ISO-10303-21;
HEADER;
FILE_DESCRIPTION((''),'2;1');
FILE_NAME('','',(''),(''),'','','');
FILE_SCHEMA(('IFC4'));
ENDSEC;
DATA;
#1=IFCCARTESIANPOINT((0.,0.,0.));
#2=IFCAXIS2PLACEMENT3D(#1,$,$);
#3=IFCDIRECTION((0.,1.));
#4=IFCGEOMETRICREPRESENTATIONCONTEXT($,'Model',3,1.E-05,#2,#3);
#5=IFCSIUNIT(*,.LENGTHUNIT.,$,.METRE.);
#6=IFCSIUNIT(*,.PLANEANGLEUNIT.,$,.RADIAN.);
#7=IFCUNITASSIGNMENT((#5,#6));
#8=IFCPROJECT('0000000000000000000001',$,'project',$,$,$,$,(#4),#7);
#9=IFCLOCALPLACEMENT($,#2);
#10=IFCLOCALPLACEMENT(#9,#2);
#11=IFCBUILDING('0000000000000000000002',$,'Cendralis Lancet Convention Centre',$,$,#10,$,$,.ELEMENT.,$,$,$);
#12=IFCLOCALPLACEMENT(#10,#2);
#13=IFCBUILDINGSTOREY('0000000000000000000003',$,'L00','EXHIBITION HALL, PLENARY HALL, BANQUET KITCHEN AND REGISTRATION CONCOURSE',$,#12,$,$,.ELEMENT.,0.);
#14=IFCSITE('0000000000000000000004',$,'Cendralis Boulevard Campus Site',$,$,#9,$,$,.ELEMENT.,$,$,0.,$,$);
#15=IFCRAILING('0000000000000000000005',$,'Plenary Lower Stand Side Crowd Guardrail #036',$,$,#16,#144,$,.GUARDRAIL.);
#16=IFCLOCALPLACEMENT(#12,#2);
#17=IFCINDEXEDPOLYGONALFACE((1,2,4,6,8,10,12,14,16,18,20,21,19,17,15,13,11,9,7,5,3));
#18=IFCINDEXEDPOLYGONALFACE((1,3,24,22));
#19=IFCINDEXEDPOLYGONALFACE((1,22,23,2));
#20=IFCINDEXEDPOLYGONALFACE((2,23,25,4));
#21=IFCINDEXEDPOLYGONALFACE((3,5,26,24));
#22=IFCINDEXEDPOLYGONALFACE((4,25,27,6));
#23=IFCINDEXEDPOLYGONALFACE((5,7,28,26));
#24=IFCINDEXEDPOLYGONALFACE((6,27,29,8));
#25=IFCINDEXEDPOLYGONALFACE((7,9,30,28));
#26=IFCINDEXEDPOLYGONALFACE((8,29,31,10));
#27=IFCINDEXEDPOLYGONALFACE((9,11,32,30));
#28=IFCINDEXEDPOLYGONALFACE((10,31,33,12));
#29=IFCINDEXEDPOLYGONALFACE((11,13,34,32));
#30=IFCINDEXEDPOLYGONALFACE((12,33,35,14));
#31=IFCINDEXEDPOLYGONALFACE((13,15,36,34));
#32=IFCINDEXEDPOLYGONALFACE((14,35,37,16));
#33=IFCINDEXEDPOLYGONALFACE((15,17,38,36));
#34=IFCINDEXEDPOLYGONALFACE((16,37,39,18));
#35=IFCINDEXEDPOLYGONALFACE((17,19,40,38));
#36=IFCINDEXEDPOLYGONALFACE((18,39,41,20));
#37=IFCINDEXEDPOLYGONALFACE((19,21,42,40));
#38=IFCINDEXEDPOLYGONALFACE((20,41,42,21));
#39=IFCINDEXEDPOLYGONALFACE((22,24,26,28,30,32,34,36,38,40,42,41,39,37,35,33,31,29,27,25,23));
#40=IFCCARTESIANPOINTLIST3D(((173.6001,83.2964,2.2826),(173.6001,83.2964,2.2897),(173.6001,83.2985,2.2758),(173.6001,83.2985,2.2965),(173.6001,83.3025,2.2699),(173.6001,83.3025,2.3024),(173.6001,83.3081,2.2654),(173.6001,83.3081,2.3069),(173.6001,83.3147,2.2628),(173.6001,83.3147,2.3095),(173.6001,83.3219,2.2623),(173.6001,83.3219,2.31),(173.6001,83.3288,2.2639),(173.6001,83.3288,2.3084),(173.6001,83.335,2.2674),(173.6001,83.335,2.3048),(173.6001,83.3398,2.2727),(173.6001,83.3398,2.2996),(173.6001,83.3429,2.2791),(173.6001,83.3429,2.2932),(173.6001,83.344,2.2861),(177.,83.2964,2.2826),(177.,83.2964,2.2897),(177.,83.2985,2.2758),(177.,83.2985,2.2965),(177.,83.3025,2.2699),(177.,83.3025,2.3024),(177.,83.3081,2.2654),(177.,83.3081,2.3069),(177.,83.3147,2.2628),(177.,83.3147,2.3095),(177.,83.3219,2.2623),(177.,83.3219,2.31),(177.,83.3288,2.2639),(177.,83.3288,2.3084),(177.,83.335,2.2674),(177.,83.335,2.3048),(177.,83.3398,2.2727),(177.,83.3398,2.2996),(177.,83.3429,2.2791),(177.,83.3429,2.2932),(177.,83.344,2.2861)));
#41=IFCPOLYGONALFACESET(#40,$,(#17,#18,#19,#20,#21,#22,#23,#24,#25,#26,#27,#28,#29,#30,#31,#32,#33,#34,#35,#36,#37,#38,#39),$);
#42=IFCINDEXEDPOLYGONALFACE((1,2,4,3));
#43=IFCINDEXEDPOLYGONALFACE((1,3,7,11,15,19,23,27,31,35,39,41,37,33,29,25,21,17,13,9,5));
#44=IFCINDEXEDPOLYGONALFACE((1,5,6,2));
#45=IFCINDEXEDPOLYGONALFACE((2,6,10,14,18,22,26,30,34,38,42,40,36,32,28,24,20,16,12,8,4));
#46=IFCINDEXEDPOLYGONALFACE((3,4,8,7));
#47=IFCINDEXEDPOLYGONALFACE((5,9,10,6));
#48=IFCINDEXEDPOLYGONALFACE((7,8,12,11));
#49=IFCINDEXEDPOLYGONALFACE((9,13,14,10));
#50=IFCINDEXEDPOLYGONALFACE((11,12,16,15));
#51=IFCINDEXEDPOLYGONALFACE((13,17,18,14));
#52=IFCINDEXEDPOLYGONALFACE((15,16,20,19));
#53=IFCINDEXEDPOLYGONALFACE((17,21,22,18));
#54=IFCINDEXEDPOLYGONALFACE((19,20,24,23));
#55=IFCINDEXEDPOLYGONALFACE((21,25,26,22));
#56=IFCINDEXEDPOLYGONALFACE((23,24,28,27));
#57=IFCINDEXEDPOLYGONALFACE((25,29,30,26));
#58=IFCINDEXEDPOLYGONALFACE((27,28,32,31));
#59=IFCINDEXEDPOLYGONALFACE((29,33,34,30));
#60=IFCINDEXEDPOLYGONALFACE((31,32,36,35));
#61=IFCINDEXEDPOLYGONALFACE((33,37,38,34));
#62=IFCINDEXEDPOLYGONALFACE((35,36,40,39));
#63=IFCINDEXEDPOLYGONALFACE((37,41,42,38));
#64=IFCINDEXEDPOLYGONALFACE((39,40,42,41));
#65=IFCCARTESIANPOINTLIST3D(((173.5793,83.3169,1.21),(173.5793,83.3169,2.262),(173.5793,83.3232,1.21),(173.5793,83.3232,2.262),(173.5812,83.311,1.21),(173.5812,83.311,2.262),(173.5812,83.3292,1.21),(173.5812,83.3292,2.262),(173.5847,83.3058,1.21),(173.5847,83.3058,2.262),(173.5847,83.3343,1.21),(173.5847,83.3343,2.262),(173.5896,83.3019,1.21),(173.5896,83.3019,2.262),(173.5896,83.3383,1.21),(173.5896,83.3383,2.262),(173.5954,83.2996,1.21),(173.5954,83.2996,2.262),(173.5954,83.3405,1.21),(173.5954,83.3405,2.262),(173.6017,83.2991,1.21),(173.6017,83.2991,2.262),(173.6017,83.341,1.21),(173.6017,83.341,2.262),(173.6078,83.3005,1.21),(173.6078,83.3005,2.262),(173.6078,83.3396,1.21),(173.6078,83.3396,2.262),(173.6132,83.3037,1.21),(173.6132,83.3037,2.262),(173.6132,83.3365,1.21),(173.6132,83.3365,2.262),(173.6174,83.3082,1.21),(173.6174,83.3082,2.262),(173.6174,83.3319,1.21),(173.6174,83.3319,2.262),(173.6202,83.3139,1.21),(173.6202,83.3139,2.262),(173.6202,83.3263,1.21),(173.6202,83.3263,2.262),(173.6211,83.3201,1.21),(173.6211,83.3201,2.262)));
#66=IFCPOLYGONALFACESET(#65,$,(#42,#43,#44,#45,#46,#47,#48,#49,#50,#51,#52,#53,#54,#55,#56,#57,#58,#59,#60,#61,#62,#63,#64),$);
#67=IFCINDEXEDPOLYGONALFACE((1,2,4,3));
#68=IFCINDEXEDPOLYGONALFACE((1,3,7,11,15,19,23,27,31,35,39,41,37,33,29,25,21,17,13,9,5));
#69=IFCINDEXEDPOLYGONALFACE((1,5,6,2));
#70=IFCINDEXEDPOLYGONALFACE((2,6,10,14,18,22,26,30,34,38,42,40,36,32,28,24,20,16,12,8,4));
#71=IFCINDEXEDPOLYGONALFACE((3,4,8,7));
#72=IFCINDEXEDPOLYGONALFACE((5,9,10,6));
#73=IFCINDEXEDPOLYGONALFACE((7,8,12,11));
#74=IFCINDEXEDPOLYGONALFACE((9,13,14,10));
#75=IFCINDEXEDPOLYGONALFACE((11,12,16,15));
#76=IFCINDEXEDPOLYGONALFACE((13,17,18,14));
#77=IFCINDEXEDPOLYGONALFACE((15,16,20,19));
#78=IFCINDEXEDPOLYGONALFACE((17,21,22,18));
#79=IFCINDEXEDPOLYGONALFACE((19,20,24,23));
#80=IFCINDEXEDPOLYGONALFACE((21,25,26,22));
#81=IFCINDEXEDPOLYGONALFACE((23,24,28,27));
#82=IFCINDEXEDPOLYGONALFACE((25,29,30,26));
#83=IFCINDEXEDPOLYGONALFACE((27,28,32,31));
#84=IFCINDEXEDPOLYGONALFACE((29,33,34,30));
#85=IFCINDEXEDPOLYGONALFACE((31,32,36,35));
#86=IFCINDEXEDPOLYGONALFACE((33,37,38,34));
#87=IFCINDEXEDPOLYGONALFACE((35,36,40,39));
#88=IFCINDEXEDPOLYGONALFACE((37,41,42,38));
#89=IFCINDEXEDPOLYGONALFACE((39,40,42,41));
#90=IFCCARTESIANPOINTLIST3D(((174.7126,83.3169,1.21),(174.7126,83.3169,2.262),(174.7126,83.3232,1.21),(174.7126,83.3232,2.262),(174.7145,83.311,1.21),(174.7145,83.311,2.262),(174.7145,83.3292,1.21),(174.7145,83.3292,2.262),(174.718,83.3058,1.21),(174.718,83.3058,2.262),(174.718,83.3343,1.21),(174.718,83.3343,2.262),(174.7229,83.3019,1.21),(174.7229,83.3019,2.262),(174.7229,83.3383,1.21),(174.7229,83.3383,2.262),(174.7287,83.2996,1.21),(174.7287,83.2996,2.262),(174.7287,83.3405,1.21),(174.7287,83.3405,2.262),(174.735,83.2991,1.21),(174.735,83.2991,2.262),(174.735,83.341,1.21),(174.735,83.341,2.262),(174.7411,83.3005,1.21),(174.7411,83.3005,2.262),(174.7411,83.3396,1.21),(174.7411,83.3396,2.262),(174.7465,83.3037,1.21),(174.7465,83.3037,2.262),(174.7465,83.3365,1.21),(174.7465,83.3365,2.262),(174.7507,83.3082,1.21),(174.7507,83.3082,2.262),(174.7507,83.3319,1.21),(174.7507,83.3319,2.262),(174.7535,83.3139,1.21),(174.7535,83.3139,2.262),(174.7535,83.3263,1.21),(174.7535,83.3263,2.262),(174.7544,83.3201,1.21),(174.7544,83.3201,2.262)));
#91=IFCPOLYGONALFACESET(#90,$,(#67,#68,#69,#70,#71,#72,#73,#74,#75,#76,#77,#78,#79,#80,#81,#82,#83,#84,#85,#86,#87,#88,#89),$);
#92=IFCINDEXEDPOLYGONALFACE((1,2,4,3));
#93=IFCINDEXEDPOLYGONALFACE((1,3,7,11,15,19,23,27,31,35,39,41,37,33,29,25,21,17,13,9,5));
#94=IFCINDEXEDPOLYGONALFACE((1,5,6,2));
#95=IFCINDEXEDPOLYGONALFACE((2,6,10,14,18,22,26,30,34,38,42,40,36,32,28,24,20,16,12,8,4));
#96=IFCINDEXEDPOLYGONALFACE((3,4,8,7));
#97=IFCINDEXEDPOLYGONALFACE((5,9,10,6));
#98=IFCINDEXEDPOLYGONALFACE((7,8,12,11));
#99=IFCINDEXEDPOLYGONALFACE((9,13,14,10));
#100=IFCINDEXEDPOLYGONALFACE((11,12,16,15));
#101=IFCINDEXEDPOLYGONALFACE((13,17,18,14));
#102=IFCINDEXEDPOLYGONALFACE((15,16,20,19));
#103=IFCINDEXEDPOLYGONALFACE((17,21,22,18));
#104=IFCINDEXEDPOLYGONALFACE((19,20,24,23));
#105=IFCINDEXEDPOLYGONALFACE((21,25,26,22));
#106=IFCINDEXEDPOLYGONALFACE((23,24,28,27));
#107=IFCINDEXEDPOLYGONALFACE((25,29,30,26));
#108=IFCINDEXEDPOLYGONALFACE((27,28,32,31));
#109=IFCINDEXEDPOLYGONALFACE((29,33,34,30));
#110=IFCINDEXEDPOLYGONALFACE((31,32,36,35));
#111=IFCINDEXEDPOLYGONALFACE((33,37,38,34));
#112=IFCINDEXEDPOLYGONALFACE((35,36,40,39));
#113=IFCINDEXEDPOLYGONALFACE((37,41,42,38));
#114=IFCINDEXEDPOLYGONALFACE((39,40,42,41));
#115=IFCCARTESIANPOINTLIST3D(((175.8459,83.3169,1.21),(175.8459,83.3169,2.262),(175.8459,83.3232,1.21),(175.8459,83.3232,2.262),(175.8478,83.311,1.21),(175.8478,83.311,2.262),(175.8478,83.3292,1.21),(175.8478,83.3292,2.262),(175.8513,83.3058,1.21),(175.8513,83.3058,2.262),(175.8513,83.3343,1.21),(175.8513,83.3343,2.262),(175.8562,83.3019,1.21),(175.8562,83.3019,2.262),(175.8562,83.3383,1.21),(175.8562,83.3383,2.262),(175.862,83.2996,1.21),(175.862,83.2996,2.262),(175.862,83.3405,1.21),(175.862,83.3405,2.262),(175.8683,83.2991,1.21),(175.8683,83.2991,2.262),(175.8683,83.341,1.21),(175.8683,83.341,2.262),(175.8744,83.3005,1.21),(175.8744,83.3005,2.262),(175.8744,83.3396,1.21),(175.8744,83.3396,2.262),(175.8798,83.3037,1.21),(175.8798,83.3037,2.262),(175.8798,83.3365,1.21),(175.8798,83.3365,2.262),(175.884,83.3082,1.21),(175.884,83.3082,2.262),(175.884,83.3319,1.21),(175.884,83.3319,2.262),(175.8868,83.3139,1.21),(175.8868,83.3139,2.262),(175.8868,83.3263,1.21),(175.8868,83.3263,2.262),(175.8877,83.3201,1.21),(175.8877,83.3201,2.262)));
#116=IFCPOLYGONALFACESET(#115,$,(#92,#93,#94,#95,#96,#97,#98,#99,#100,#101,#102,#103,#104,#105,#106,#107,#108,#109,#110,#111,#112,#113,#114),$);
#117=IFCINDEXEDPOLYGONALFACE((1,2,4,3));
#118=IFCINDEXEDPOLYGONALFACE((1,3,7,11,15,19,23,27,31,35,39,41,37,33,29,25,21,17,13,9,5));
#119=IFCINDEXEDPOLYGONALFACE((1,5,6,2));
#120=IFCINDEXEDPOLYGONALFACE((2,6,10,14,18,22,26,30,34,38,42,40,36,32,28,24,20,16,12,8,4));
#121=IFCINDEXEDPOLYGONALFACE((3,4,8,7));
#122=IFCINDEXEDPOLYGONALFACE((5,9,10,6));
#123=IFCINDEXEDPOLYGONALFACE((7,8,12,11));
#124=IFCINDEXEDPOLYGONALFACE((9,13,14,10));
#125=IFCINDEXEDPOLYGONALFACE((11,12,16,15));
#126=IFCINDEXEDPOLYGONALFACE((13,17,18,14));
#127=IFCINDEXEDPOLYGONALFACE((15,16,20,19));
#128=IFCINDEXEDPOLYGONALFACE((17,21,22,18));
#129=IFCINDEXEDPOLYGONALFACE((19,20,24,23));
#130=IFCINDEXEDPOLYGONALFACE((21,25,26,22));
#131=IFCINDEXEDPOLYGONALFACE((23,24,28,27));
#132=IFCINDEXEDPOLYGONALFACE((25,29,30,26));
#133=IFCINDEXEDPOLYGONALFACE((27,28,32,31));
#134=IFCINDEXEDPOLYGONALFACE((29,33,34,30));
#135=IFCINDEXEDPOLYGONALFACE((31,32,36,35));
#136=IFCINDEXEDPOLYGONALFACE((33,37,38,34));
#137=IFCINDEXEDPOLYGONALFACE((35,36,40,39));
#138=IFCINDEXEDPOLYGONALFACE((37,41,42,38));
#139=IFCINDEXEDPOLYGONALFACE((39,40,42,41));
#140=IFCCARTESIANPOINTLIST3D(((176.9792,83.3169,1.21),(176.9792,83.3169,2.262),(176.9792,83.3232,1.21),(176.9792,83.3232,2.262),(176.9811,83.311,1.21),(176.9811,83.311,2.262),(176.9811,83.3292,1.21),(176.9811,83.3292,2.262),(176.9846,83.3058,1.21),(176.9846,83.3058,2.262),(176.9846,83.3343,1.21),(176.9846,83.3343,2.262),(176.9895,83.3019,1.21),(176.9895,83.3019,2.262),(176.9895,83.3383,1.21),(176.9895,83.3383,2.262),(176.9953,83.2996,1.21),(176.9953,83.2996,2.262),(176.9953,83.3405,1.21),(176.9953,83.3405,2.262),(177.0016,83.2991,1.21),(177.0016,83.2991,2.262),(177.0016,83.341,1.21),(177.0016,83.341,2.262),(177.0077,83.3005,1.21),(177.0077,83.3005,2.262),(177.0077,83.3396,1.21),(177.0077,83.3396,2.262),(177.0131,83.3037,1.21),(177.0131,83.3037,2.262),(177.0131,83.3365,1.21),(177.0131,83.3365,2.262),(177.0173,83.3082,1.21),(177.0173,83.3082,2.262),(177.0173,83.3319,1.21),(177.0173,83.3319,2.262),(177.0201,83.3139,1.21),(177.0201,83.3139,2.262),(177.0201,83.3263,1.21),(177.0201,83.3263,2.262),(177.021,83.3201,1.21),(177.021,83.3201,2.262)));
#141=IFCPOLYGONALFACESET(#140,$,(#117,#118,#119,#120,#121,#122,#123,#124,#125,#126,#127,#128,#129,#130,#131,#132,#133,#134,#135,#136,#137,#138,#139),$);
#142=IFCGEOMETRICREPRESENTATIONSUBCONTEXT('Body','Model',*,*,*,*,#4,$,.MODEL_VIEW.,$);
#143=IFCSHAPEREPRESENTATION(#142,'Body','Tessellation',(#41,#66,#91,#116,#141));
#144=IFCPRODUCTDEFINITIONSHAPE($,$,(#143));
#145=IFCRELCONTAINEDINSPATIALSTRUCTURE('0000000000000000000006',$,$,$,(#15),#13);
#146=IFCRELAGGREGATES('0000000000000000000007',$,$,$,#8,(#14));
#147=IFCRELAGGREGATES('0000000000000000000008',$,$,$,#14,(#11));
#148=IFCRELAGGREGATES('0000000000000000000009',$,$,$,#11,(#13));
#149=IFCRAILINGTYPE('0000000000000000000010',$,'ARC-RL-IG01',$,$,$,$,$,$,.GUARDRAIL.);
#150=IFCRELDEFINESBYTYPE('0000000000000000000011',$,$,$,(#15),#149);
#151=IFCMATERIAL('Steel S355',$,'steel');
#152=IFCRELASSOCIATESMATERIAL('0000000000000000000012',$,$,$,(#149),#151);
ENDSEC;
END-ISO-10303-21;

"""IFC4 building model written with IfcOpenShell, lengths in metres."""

from ifc_helpers import new_model, si_unit, direction, frame, origin, origin_2d, place, context, subcontext, project, spatial, circle, extrude, material, type_object, element, save


model = new_model("IFC4")

# Units and contexts
model_context = context("Model", 3, precision=1e-05, world=origin(), true_north=direction((0.0, 1.0)))
body_context = subcontext(model_context, "Body", "Model", "MODEL_VIEW")
ifc_project = project(units=[si_unit("LENGTHUNIT", "METRE"), si_unit("PLANEANGLEUNIT", "RADIAN")], contexts=[model_context])

# Site, building, storey
site_placement = place(None, origin())
site = spatial("IfcSite", under=ifc_project, at=site_placement, Name="Cendralis Boulevard Campus Site", CompositionType="ELEMENT", RefElevation=0.0)
building_placement = place(site_placement, origin())
building = spatial("IfcBuilding", under=site, at=building_placement, Name="Cendralis Lancet Convention Centre", CompositionType="ELEMENT")
storey_placement = place(building_placement, origin())
storey = spatial("IfcBuildingStorey", under=building, at=storey_placement, Name="L00", Description="EXHIBITION HALL, PLENARY HALL, BANQUET KITCHEN AND REGISTRATION CONCOURSE", CompositionType="ELEMENT", Elevation=0.0)

# Railing
ifc_material_1 = material(Name="Steel S355", Category="steel")
railing_type = type_object("IfcRailingType", Name="ARC-RL-IG01", PredefinedType="GUARDRAIL", material=ifc_material_1)
for number, where, name in (
    (1, (173.6001, 83.3201, 1.21), "Plenary Lower Stand Side Crowd Guardrail #036"),
):
    element("IfcRailing", number, at=place(storey_placement, frame(where)), inside=storey, type_object=railing_type, Name=name, PredefinedType="GUARDRAIL", context=body_context, shape_type="SweptSolid", body=[
        extrude(circle(Radius=0.0239, at=origin_2d()), frame((0.0, 0.0, 1.0762), z_axis=(1.0, 0.0, 0.0), x_axis=(0.0, 1.0, 0.0)), (0.0, 0.0, 1.0), 3.3999),
        extrude(circle(Radius=0.021, at=origin_2d()), origin(), (0.0, 0.0, 1.0), 1.052),
        extrude(circle(Radius=0.021, at=origin_2d()), frame((1.1333, 0.0, 0.0)), (0.0, 0.0, 1.0), 1.052),
        extrude(circle(Radius=0.021, at=origin_2d()), frame((2.2666, 0.0, 0.0)), (0.0, 0.0, 1.0), 1.052),
        extrude(circle(Radius=0.021, at=origin_2d()), frame((3.3999, 0.0, 0.0)), (0.0, 0.0, 1.0), 1.052),
    ])

save(model, "model.ifc")
